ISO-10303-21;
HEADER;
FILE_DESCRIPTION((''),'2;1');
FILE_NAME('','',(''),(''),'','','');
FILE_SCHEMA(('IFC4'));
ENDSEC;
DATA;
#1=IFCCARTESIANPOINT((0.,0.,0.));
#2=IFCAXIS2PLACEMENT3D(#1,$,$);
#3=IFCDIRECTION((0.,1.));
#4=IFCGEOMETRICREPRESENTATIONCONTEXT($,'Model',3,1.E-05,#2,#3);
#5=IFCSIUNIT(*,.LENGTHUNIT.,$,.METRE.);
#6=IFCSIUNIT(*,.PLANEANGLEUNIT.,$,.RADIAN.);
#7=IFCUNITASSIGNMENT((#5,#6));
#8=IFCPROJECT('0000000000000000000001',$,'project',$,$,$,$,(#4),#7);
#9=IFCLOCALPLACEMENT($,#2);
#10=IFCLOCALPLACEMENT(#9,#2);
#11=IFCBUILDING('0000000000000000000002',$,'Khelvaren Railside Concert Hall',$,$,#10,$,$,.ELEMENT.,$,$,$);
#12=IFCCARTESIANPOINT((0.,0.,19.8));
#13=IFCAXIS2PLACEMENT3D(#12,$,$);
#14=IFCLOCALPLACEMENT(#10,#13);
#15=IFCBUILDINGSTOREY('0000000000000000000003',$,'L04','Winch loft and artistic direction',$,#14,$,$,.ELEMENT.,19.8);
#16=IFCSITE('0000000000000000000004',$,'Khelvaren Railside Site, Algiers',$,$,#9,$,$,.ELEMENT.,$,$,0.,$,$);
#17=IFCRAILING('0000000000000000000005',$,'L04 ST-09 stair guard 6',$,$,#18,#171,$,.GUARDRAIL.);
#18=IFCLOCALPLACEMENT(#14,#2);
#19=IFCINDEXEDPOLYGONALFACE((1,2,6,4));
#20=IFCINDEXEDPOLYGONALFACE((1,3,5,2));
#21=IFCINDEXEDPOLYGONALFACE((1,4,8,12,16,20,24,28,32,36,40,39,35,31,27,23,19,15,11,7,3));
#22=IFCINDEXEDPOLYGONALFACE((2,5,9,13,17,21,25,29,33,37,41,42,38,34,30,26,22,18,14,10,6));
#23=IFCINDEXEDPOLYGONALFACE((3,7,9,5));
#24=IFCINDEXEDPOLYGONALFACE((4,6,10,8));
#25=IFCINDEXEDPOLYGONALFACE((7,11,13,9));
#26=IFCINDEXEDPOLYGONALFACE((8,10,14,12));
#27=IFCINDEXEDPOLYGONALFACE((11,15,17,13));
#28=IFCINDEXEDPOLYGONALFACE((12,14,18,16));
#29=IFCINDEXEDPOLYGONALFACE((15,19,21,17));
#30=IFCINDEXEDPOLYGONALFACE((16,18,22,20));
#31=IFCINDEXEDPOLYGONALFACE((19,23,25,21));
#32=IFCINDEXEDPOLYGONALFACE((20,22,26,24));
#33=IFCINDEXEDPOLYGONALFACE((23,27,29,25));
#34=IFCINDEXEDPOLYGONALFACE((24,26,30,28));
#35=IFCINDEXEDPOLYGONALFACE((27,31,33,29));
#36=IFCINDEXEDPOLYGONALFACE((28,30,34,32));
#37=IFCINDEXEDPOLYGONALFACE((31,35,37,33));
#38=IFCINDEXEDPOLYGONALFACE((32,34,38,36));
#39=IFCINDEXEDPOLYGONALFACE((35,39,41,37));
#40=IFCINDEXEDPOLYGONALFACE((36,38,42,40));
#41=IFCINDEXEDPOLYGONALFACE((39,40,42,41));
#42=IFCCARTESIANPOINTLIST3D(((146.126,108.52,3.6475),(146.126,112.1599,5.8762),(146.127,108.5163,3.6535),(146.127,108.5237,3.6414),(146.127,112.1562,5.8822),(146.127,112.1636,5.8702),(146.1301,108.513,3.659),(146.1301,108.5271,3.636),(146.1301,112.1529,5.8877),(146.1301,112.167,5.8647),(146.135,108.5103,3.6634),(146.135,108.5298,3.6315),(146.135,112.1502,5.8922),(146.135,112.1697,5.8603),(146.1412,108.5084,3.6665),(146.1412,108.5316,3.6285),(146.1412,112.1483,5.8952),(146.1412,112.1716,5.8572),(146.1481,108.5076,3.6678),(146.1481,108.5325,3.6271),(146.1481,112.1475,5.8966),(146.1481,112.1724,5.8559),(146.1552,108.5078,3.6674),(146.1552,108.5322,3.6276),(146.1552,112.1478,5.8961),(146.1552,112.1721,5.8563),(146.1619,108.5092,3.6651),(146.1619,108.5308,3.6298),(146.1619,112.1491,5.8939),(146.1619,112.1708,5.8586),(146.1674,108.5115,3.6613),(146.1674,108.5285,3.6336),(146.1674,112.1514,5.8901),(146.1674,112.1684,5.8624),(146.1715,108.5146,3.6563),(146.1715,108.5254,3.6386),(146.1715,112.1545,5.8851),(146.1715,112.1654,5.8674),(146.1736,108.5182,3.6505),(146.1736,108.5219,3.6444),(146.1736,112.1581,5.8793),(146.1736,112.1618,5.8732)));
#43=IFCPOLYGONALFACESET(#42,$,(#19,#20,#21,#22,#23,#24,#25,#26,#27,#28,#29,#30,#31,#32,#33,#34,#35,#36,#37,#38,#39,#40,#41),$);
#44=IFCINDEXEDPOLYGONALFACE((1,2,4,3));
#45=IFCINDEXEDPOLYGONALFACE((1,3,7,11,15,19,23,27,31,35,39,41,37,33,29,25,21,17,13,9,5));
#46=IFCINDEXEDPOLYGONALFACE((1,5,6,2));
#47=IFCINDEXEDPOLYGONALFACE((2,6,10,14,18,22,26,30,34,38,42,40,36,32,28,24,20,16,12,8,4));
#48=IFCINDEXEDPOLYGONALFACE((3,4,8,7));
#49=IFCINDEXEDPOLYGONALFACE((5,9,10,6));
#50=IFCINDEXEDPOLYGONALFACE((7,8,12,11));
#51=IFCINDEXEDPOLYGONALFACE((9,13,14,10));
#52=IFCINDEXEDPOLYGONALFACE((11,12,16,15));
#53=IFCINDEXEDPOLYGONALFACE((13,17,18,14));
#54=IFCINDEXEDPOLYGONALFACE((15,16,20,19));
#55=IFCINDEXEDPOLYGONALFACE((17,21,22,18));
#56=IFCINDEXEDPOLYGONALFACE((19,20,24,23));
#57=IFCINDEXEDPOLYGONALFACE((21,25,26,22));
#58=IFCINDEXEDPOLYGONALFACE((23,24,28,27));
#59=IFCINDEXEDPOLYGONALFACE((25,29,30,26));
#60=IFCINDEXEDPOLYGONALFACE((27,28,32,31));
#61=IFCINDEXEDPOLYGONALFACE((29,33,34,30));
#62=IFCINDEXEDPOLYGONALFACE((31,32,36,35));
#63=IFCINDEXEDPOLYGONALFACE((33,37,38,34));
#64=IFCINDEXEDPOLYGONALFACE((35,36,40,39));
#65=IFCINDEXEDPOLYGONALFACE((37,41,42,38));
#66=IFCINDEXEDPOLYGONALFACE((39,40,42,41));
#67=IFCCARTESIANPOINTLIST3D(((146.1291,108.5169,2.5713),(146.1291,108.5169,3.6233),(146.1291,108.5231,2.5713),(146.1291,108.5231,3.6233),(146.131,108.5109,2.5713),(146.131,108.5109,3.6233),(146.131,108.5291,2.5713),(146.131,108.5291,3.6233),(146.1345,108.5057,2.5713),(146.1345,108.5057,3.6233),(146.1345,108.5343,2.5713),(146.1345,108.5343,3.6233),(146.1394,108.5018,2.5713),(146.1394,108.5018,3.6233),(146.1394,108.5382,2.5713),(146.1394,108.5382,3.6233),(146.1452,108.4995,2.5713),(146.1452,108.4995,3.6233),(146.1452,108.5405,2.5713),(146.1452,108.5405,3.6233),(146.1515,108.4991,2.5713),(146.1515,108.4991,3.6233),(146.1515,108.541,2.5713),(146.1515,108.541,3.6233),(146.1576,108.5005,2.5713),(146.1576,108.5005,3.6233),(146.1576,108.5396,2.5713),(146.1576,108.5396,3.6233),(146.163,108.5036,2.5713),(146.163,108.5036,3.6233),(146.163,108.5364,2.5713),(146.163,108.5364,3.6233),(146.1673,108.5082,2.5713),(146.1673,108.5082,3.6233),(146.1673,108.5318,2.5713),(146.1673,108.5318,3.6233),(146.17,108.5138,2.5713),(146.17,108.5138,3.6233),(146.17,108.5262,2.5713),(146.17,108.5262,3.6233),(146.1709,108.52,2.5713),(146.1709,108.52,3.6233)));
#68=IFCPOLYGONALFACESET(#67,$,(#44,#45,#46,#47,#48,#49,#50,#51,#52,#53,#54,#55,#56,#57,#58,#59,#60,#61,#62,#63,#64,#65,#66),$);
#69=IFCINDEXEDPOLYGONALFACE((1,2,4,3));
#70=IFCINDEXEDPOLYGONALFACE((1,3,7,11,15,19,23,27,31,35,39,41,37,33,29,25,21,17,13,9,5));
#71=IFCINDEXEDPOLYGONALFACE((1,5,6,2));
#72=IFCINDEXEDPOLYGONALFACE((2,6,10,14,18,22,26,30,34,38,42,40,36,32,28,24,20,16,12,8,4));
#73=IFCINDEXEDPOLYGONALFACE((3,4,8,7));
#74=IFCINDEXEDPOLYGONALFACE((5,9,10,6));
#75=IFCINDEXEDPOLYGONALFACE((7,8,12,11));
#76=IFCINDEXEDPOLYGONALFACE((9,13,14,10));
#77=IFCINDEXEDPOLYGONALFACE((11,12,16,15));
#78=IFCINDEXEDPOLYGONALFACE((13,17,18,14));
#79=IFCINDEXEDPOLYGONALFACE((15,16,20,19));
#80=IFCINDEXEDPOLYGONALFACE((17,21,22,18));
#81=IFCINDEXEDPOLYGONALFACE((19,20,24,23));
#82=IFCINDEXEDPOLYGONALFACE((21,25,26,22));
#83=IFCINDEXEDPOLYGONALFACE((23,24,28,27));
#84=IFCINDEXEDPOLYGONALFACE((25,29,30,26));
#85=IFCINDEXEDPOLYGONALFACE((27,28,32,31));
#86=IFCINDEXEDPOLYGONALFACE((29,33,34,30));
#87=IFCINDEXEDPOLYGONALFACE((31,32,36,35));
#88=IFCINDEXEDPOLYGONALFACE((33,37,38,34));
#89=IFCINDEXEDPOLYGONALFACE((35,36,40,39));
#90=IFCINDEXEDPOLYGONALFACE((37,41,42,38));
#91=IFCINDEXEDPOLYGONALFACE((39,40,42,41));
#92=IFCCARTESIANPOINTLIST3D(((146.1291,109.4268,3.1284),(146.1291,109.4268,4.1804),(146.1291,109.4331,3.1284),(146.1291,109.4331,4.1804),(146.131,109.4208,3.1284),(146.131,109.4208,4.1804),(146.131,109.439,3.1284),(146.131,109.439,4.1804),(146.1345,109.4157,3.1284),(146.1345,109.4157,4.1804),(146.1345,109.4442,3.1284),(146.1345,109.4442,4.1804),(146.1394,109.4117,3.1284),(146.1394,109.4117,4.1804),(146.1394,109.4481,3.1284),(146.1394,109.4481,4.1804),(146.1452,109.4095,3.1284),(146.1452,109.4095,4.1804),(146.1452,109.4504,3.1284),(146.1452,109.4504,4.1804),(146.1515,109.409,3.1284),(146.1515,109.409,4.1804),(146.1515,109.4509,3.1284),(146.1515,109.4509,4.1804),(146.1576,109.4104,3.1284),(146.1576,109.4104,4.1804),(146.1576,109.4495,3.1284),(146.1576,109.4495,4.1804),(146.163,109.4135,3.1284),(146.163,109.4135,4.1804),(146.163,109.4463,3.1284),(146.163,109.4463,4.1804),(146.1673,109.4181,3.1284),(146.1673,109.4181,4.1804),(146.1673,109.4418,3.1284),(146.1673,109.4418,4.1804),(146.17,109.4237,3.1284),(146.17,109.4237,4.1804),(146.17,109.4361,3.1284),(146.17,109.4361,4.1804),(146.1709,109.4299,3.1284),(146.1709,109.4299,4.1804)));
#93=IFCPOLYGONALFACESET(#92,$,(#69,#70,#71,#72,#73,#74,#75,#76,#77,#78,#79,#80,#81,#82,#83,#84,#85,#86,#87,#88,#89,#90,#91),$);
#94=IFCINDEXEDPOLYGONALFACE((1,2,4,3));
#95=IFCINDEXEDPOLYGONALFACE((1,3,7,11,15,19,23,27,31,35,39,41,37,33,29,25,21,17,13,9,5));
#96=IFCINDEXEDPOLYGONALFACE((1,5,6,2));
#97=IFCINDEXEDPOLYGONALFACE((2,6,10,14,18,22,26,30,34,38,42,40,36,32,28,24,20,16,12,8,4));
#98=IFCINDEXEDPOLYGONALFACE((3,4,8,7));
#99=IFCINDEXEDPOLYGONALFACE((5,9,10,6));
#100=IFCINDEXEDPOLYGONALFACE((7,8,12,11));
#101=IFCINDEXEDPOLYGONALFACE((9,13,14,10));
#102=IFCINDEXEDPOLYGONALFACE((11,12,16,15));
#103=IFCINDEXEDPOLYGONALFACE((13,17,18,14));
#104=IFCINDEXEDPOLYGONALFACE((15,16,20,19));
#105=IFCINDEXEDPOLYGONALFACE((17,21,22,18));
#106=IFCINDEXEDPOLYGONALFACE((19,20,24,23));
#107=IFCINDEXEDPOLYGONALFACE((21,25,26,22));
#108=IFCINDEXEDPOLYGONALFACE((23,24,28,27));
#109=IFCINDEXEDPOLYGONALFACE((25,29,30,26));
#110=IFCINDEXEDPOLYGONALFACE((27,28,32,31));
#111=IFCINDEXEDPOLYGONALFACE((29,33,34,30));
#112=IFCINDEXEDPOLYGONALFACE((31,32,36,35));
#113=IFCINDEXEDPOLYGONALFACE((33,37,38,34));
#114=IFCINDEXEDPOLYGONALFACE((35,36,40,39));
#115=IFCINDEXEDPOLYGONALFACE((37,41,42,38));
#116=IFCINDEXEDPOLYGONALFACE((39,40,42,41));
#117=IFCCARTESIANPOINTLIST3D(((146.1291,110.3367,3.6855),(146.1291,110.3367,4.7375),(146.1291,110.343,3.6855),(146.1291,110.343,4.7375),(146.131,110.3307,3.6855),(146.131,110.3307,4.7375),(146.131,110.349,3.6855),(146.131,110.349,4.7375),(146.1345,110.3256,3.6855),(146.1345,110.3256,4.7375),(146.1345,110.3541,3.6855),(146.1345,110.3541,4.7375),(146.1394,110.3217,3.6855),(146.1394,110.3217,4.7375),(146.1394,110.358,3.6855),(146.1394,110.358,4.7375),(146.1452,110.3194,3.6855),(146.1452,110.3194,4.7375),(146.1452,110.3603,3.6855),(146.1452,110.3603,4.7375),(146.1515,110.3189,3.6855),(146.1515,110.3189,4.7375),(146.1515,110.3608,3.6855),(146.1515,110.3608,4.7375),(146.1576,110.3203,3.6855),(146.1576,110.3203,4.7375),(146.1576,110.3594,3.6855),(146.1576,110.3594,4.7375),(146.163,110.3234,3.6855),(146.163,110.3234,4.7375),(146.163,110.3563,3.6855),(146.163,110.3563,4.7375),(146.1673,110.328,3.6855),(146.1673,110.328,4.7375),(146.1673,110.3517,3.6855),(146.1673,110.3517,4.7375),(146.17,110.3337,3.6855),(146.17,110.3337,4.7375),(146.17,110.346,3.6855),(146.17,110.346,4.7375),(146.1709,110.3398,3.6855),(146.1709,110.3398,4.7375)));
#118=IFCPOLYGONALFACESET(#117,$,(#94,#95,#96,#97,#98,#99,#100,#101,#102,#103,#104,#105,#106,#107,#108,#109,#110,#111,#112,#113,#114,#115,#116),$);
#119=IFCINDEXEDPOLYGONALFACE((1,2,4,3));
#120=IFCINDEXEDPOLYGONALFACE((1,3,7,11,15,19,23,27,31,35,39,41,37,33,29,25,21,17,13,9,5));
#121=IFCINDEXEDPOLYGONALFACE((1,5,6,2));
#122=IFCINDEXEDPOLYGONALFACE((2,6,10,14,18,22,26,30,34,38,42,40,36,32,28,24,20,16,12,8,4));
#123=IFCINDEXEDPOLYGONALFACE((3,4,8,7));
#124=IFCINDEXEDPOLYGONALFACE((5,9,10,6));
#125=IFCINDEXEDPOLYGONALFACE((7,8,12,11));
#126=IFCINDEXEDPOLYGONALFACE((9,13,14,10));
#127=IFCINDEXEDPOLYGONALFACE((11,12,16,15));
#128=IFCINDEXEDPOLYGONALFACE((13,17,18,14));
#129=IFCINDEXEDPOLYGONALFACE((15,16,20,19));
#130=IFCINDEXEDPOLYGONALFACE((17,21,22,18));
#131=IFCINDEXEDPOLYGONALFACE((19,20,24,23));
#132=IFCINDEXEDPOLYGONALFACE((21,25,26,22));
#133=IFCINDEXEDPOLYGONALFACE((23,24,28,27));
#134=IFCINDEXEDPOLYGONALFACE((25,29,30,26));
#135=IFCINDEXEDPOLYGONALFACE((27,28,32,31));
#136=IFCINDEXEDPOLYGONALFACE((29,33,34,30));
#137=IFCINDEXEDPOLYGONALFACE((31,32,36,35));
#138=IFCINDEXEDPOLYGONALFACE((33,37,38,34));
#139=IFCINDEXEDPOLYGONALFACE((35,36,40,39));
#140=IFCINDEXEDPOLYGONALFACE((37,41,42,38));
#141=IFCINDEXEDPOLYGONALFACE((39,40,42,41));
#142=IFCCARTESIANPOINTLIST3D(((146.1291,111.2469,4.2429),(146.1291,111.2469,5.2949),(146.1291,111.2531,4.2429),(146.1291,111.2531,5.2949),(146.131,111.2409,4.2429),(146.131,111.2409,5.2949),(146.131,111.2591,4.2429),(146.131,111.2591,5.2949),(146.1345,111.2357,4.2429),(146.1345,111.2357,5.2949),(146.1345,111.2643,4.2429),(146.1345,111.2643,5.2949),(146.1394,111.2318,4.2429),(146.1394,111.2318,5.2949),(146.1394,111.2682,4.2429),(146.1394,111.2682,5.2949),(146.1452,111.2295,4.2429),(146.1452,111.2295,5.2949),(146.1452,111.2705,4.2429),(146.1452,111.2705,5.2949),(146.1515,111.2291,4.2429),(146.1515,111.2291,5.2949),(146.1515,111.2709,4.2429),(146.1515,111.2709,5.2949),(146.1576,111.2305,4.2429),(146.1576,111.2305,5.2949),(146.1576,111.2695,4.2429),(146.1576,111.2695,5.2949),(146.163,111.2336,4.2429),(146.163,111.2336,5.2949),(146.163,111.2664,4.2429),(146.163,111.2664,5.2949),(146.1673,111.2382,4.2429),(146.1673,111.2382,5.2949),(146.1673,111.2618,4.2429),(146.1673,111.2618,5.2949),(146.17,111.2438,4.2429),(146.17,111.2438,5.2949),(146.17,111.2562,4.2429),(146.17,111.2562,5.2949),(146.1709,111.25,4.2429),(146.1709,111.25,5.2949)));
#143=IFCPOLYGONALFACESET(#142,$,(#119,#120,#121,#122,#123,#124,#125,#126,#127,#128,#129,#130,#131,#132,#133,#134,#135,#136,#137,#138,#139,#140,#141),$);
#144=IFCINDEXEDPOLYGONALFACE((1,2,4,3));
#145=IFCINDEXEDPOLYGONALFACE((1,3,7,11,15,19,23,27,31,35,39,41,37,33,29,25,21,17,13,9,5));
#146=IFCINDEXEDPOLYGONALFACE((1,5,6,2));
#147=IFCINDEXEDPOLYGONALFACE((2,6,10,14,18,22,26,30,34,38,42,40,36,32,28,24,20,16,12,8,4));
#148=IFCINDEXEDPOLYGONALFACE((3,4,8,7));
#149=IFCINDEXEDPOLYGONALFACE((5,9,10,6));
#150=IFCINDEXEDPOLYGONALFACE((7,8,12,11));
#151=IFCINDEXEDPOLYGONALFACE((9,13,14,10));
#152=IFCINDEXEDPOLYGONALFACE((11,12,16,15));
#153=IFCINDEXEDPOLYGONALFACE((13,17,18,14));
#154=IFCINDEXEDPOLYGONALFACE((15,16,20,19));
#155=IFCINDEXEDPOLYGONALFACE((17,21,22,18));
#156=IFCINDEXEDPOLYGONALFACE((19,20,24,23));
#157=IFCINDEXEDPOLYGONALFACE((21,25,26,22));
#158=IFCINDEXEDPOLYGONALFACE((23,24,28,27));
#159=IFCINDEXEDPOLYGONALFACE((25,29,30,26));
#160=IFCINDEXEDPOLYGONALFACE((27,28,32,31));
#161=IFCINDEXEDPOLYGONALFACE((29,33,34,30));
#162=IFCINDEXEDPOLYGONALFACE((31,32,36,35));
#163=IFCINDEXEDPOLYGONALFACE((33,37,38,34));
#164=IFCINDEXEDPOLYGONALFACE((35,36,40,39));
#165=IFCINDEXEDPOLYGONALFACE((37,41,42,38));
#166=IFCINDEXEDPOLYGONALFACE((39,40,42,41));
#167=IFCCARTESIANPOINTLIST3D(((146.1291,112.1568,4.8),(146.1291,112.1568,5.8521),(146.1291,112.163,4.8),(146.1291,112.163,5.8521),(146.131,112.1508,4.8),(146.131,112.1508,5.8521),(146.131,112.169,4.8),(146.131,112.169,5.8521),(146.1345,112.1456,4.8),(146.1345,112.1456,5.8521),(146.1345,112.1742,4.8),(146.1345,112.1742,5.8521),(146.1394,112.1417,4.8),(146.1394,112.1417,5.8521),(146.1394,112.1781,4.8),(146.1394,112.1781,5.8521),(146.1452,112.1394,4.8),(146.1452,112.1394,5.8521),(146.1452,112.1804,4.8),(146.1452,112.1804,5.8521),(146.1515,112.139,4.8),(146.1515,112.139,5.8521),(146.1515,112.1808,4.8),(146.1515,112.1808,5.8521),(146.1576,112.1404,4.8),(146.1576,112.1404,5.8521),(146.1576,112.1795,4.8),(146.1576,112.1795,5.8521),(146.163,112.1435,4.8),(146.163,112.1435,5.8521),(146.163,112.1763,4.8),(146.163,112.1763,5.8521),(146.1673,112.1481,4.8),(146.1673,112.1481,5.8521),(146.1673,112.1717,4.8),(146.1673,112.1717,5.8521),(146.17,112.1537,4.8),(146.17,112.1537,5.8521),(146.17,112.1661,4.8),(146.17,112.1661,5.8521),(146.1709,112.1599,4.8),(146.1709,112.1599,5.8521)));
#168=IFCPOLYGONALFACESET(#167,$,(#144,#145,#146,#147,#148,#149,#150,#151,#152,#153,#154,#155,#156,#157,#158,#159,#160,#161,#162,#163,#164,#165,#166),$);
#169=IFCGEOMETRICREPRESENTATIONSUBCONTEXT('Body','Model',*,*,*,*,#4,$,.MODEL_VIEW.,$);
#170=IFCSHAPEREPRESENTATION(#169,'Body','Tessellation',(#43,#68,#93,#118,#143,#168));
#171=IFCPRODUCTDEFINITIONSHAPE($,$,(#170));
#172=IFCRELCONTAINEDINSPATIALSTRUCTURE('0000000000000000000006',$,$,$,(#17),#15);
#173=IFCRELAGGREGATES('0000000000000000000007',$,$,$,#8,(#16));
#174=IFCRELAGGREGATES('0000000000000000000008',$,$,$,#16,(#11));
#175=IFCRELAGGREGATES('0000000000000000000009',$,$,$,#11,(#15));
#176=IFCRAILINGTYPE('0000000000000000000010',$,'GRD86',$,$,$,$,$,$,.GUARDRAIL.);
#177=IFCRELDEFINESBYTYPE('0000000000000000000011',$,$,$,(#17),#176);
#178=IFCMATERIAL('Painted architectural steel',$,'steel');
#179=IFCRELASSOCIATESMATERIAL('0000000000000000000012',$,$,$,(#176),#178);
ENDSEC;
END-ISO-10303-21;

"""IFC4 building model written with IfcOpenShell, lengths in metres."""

from ifc_helpers import new_model, si_unit, direction, frame, origin, origin_2d, place, context, subcontext, project, spatial, circle, extrude, material, type_object, element, save


model = new_model("IFC4")

# Units and contexts
model_context = context("Model", 3, precision=1e-05, world=origin(), true_north=direction((0.0, 1.0)))
body_context = subcontext(model_context, "Body", "Model", "MODEL_VIEW")
ifc_project = project(units=[si_unit("LENGTHUNIT", "METRE"), si_unit("PLANEANGLEUNIT", "RADIAN")], contexts=[model_context])

# Site, building, storey
site_placement = place(None, origin())
site = spatial("IfcSite", under=ifc_project, at=site_placement, Name="Khelvaren Railside Site, Algiers", CompositionType="ELEMENT", RefElevation=0.0)
building_placement = place(site_placement, origin())
building = spatial("IfcBuilding", under=site, at=building_placement, Name="Khelvaren Railside Concert Hall", CompositionType="ELEMENT")
storey_placement = place(building_placement, frame((0.0, 0.0, 19.8)))
storey = spatial("IfcBuildingStorey", under=building, at=storey_placement, Name="L04", Description="Winch loft and artistic direction", CompositionType="ELEMENT", Elevation=19.8)

# Railing
ifc_material_1 = material(Name="Painted architectural steel", Category="steel")
railing_type_1 = type_object("IfcRailingType", Name="GRD86", PredefinedType="GUARDRAIL", material=ifc_material_1)
railing_1_placement = place(storey_placement, frame((146.1499, 108.52, 2.5713)))
element("IfcRailing", 1, at=railing_1_placement, inside=storey, type_object=railing_type_1, Name="L04 ST-09 stair guard 6", PredefinedType="GUARDRAIL", context=body_context, shape_type="SweptSolid", body=[
    extrude(circle(Radius=0.0239, at=origin_2d()), frame((0.0, 0.0, 1.0762), z_axis=(0.0, 0.852825, 0.522197), x_axis=(-1.0, 0.0, 0.0)), (0.0, 0.0, 1.0), 4.2681),
    extrude(circle(Radius=0.021, at=origin_2d()), origin(), (0.0, 0.0, 1.0), 1.052),
    extrude(circle(Radius=0.021, at=origin_2d()), frame((0.0, 0.9099, 0.5571)), (0.0, 0.0, 1.0), 1.052),
    extrude(circle(Radius=0.021, at=origin_2d()), frame((0.0, 1.8198, 1.1143)), (0.0, 0.0, 1.0), 1.052),
    extrude(circle(Radius=0.021, at=origin_2d()), frame((0.0, 2.73, 1.6716)), (0.0, 0.0, 1.0), 1.052),
    extrude(circle(Radius=0.021, at=origin_2d()), frame((0.0, 3.6399, 2.2288)), (0.0, 0.0, 1.0), 1.052),
])

save(model, "model.ifc")
